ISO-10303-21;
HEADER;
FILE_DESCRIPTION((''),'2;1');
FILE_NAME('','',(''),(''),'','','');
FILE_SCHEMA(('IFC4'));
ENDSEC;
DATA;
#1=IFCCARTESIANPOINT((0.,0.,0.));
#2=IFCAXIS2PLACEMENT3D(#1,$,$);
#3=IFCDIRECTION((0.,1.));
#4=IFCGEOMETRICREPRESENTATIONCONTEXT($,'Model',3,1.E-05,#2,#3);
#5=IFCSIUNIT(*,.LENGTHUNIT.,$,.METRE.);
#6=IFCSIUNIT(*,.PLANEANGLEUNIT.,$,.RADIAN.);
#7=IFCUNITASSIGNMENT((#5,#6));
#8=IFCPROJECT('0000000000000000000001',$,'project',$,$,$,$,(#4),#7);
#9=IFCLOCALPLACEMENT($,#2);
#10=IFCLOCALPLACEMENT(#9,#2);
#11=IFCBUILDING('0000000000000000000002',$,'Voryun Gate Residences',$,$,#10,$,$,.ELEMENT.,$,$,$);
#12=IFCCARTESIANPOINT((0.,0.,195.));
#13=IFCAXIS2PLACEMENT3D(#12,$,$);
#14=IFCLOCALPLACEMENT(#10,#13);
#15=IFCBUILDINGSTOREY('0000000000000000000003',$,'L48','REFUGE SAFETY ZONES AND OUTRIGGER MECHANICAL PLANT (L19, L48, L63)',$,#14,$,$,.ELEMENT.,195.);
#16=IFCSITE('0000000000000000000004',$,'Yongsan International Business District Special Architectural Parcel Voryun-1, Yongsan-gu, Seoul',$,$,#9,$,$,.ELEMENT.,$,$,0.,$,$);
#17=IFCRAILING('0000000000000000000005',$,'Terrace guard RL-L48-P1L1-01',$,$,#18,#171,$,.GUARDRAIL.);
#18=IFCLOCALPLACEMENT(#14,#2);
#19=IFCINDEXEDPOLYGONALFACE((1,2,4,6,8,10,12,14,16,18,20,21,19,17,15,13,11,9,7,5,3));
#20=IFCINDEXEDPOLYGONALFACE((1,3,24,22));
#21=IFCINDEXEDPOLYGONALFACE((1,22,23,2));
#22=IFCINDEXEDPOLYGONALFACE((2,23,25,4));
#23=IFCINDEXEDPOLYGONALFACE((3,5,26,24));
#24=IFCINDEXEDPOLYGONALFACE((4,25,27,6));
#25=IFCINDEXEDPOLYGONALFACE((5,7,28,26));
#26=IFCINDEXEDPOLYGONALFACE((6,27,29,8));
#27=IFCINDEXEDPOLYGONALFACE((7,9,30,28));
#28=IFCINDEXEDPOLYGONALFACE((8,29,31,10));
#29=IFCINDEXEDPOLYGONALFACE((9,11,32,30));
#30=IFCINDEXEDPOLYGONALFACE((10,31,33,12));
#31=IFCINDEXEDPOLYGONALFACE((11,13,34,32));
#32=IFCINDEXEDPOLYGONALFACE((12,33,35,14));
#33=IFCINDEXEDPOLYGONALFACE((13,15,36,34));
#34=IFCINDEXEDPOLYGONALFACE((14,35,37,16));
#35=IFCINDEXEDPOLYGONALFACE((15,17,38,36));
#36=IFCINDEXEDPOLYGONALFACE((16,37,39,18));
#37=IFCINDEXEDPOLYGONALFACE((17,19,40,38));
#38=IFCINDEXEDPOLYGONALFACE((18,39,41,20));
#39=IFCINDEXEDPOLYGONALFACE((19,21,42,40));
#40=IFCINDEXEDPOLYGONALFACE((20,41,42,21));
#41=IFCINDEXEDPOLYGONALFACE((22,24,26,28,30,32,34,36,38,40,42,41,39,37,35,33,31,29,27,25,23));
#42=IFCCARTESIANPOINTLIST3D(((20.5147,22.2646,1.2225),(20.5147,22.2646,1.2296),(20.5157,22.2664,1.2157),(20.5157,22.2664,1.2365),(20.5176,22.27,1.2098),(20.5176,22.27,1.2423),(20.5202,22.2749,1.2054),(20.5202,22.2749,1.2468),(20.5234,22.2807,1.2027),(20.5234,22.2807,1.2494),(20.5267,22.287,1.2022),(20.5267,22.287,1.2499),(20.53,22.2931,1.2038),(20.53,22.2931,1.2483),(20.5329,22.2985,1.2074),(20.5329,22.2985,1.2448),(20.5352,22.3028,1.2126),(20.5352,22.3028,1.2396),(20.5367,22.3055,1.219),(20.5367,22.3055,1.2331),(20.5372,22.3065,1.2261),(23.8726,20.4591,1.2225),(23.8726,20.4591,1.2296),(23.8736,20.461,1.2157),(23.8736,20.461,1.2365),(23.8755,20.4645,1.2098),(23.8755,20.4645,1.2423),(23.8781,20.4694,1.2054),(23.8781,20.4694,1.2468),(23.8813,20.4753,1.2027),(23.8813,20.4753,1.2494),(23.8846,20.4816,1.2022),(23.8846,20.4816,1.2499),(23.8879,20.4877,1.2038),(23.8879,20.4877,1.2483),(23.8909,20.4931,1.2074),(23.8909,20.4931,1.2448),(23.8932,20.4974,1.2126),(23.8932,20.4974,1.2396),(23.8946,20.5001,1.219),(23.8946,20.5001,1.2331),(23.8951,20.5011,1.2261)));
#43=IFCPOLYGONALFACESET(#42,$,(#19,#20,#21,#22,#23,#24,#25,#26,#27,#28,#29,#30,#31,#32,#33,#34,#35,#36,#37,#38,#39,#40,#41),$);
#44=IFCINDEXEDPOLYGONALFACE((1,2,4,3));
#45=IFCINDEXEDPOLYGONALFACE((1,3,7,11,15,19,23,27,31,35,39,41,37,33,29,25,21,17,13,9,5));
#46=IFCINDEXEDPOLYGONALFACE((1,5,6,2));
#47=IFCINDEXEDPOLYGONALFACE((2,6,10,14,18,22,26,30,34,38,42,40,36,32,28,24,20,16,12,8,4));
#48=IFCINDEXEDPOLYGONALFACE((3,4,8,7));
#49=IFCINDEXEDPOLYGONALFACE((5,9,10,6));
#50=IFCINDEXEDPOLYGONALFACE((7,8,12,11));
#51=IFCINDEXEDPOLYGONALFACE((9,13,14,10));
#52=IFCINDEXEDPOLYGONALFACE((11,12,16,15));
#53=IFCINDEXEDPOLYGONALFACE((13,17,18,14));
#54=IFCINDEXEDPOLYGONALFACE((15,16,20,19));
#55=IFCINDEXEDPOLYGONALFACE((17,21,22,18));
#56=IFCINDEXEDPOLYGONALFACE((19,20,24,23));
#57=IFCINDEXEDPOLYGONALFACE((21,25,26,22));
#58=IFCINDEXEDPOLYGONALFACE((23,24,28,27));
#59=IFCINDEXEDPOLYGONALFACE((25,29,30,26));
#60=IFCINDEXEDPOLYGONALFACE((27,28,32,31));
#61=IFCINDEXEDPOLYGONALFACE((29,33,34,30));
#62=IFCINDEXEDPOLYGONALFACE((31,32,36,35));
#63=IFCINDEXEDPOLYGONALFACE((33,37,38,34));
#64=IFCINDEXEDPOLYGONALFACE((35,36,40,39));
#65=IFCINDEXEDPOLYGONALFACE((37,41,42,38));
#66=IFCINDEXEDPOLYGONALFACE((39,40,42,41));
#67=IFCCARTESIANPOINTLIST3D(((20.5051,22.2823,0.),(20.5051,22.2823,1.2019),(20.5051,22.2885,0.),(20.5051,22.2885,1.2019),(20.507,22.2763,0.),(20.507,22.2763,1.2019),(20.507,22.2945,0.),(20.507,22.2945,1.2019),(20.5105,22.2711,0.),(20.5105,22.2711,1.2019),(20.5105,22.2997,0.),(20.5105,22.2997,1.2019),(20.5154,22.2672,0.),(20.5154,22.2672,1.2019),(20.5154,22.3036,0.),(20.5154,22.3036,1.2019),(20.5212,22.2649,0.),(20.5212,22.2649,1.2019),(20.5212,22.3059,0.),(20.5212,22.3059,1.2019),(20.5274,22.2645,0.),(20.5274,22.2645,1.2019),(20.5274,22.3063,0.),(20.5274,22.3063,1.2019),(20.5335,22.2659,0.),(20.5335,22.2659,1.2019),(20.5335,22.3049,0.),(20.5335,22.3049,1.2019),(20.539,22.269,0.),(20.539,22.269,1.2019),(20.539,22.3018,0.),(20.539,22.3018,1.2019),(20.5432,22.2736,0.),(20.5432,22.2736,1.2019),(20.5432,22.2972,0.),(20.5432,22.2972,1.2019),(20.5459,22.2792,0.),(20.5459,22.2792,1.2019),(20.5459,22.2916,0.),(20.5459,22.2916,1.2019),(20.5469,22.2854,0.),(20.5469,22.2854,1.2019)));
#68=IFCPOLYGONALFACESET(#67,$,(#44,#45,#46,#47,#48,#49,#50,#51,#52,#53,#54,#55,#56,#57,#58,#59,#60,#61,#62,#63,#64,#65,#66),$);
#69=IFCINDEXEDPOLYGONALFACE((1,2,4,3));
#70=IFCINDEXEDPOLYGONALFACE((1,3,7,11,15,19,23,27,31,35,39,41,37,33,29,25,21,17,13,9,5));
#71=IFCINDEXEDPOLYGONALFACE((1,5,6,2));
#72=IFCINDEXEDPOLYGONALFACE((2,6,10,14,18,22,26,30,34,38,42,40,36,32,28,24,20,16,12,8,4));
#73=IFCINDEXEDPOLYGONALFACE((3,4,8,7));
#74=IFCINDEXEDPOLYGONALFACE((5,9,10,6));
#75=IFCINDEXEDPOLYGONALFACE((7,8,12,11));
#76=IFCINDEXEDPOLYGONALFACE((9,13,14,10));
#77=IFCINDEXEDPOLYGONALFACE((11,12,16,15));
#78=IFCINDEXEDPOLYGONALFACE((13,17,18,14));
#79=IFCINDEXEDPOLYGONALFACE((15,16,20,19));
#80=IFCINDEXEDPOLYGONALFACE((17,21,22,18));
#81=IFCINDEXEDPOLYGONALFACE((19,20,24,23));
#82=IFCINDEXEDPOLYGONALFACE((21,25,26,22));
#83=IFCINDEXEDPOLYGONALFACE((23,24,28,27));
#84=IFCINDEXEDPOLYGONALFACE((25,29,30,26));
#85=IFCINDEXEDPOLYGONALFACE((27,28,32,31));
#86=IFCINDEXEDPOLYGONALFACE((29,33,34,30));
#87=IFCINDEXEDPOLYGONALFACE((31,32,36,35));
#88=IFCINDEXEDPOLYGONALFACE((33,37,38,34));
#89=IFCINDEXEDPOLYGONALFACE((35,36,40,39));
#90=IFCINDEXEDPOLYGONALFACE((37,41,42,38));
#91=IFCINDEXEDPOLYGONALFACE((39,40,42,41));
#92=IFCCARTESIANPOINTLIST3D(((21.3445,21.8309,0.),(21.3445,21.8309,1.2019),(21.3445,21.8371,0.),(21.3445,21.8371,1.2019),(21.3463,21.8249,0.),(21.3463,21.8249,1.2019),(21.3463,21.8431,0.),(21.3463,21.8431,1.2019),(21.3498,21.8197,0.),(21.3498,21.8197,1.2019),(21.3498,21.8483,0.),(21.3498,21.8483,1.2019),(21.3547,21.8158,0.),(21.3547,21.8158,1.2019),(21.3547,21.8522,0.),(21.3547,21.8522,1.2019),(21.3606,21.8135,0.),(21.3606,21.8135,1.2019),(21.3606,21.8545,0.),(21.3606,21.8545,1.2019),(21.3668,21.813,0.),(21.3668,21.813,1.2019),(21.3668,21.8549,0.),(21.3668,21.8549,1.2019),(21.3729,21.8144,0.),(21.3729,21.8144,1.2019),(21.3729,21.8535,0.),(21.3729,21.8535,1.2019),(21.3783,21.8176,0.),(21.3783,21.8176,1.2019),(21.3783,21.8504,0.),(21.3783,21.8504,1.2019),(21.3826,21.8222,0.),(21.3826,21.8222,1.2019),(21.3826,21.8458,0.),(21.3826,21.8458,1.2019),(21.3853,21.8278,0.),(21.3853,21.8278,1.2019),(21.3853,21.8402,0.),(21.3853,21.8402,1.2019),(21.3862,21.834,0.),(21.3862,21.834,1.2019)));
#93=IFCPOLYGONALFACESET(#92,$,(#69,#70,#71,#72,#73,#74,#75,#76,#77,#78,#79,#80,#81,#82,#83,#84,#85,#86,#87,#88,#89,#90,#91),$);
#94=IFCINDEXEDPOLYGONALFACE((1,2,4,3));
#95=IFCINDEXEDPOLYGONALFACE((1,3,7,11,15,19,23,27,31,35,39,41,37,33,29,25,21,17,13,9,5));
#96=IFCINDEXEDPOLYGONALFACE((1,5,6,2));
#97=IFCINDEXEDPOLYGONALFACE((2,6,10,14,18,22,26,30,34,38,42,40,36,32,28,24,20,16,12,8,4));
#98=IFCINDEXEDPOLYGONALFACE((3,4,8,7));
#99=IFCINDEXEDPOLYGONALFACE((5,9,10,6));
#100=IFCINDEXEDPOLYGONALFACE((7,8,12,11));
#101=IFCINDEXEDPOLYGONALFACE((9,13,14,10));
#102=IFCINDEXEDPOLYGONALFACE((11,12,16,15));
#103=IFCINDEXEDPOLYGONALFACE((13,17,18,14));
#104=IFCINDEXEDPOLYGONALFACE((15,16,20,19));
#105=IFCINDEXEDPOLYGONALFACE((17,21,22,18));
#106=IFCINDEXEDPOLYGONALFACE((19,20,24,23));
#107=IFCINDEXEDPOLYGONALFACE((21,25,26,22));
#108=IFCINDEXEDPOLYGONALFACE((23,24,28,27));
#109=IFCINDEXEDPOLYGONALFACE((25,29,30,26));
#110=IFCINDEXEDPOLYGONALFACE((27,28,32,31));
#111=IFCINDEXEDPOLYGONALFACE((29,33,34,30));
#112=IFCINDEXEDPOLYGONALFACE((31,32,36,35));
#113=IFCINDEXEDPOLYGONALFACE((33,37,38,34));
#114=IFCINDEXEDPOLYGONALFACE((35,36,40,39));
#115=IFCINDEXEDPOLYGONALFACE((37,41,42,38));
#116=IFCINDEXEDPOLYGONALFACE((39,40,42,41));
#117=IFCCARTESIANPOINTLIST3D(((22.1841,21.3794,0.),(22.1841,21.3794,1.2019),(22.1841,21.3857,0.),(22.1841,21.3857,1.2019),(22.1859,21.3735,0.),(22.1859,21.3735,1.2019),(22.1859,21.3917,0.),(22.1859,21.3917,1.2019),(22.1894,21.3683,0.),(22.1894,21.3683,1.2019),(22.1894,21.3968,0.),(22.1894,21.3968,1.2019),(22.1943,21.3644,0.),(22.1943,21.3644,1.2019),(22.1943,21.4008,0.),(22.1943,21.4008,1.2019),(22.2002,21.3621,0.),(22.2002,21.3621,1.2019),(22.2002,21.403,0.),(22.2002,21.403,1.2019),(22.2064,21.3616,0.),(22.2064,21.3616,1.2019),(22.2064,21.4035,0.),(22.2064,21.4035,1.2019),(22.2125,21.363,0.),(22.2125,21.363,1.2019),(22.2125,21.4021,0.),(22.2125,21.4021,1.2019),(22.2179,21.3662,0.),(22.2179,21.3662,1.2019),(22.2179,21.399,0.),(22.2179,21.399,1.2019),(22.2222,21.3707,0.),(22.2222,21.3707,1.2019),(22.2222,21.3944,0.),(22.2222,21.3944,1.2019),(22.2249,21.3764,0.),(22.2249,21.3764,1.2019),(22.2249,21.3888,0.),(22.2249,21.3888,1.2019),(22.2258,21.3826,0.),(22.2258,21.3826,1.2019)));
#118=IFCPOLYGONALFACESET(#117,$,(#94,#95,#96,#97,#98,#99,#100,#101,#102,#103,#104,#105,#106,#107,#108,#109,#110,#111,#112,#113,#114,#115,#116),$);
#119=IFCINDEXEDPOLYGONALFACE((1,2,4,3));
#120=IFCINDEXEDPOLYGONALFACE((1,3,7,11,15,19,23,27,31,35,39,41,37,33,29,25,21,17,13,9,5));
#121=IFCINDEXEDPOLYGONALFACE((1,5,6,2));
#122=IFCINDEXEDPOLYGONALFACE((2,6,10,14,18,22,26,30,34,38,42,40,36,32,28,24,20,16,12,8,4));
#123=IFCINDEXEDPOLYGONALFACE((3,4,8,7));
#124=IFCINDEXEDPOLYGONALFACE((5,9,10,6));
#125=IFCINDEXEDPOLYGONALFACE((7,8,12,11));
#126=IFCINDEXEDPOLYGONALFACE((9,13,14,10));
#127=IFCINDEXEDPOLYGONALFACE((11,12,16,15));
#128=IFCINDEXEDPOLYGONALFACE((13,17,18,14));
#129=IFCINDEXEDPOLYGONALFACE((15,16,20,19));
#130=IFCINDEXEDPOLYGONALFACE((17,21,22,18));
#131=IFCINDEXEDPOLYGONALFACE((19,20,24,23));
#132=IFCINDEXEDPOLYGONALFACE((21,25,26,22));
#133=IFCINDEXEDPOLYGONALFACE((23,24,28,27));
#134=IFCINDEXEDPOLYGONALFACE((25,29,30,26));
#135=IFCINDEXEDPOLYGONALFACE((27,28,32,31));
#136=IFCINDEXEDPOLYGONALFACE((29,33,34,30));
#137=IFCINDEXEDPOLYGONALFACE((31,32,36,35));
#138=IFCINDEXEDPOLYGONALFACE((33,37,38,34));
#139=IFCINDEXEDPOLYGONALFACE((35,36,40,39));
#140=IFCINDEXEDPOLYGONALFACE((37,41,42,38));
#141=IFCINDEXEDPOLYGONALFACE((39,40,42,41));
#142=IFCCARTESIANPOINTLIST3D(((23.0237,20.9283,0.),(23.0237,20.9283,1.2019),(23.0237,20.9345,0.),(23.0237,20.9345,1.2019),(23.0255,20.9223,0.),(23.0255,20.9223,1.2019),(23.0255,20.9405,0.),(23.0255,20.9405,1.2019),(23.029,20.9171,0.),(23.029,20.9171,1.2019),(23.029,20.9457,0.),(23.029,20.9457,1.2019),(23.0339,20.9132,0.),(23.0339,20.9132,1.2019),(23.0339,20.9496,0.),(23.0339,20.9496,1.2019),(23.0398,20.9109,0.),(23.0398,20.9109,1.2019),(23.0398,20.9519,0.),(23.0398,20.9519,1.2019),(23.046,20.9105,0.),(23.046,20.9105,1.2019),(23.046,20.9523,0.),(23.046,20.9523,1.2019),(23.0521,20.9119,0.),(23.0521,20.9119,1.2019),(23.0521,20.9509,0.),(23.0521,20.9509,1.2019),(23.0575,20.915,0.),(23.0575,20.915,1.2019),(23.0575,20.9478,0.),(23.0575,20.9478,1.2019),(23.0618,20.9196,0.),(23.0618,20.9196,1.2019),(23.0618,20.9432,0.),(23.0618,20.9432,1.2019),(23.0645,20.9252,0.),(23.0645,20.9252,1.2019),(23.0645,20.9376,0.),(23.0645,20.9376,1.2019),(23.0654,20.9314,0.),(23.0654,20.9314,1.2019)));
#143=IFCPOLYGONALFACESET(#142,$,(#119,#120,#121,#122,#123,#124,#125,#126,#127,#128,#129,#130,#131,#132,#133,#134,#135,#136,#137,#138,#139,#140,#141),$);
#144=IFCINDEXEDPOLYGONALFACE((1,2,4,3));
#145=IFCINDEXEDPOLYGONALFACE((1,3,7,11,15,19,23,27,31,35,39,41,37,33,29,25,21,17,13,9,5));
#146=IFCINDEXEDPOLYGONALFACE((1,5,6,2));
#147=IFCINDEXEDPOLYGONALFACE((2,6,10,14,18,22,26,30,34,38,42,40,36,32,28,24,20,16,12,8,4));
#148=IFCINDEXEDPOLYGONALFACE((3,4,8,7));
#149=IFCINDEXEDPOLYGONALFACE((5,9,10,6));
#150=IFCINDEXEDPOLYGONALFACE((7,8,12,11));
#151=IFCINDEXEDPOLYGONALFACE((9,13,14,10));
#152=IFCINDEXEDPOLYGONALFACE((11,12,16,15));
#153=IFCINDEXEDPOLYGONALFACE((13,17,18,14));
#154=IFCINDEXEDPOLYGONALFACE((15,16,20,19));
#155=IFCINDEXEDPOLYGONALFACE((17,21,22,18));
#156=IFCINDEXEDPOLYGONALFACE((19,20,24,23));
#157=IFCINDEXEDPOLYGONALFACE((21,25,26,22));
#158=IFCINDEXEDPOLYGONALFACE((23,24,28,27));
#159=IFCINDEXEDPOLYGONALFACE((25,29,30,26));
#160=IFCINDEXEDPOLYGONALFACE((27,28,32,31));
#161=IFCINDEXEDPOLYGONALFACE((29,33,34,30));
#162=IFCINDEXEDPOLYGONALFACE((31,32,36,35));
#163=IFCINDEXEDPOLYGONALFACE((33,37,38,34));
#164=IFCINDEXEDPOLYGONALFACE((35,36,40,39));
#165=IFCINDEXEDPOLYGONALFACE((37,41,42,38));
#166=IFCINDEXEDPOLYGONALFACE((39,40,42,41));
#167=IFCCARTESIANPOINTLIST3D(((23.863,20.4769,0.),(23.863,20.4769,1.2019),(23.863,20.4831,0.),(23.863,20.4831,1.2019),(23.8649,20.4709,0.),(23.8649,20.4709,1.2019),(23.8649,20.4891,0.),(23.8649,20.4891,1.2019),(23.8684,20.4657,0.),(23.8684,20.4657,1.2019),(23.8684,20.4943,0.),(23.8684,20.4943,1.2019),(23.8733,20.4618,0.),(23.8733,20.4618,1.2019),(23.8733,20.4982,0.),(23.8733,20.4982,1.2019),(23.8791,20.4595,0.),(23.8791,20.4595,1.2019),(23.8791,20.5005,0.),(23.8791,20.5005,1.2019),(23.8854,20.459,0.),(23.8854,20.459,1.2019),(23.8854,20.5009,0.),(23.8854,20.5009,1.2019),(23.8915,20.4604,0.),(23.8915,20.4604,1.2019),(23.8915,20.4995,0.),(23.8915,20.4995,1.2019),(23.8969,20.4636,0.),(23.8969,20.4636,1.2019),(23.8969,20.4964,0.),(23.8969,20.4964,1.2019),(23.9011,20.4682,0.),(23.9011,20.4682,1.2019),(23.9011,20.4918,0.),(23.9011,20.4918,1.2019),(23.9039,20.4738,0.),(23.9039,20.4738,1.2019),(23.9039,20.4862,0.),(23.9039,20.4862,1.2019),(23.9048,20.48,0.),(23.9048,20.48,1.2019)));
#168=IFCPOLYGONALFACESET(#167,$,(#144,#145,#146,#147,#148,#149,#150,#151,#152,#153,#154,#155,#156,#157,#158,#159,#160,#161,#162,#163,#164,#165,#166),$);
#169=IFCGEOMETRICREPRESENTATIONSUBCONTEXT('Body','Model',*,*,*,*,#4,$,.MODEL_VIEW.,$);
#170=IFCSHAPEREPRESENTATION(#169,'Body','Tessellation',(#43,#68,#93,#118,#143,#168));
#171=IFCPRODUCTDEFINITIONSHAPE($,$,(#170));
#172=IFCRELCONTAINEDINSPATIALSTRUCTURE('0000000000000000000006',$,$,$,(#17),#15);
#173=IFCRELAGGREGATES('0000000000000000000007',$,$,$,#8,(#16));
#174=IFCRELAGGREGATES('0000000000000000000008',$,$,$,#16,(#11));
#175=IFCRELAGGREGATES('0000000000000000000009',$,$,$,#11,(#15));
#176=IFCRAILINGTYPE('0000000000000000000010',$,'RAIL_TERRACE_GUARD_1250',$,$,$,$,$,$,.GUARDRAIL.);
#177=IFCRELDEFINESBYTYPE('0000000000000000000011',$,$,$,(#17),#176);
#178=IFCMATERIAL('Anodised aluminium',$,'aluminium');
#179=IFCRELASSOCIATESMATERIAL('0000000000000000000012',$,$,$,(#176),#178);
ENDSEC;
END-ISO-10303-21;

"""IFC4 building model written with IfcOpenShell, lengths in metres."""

from ifc_helpers import new_model, si_unit, direction, frame, origin, origin_2d, place, context, subcontext, project, spatial, circle, extrude, material, type_object, element, save


model = new_model("IFC4")

# Units and contexts
model_context = context("Model", 3, precision=1e-05, world=origin(), true_north=direction((0.0, 1.0)))
body_context = subcontext(model_context, "Body", "Model", "MODEL_VIEW")
ifc_project = project(units=[si_unit("LENGTHUNIT", "METRE"), si_unit("PLANEANGLEUNIT", "RADIAN")], contexts=[model_context])

# Site, building, storey
site_placement = place(None, origin())
site = spatial("IfcSite", under=ifc_project, at=site_placement, Name="Yongsan International Business District Special Architectural Parcel Voryun-1, Yongsan-gu, Seoul", CompositionType="ELEMENT", RefElevation=0.0)
building_placement = place(site_placement, origin())
building = spatial("IfcBuilding", under=site, at=building_placement, Name="Voryun Gate Residences", CompositionType="ELEMENT")
storey_placement = place(building_placement, frame((0.0, 0.0, 195.0)))
storey = spatial("IfcBuildingStorey", under=building, at=storey_placement, Name="L48", Description="REFUGE SAFETY ZONES AND OUTRIGGER MECHANICAL PLANT (L19, L48, L63)", CompositionType="ELEMENT", Elevation=195.0)

# Railing
ifc_material_1 = material(Name="Anodised aluminium", Category="aluminium")
railing_type = type_object("IfcRailingType", Name="RAIL_TERRACE_GUARD_1250", PredefinedType="GUARDRAIL", material=ifc_material_1)
railing_placement = place(storey_placement, frame((20.5259, 22.2854, 0.0)))
element("IfcRailing", 1, at=railing_placement, inside=storey, type_object=railing_type, Name="Terrace guard RL-L48-P1L1-01", PredefinedType="GUARDRAIL", context=body_context, shape_type="SweptSolid", body=[
    extrude(circle(Radius=0.0239, at=origin_2d()), frame((0.0, 0.0, 1.2261), z_axis=(0.880765, -0.473554, 0.0), x_axis=(0.473554, 0.880765, 0.0)), (0.0, 0.0, 1.0), 3.8125),
    extrude(circle(Radius=0.021, at=origin_2d()), origin(), (0.0, 0.0, 1.0), 1.2019),
    extrude(circle(Radius=0.021, at=origin_2d()), frame((0.8394, -0.4514, 0.0)), (0.0, 0.0, 1.0), 1.2019),
    extrude(circle(Radius=0.021, at=origin_2d()), frame((1.679, -0.9028, 0.0)), (0.0, 0.0, 1.0), 1.2019),
    extrude(circle(Radius=0.021, at=origin_2d()), frame((2.5186, -1.354, 0.0)), (0.0, 0.0, 1.0), 1.2019),
    extrude(circle(Radius=0.021, at=origin_2d()), frame((3.3579, -1.8054, 0.0)), (0.0, 0.0, 1.0), 1.2019),
])

save(model, "model.ifc")
